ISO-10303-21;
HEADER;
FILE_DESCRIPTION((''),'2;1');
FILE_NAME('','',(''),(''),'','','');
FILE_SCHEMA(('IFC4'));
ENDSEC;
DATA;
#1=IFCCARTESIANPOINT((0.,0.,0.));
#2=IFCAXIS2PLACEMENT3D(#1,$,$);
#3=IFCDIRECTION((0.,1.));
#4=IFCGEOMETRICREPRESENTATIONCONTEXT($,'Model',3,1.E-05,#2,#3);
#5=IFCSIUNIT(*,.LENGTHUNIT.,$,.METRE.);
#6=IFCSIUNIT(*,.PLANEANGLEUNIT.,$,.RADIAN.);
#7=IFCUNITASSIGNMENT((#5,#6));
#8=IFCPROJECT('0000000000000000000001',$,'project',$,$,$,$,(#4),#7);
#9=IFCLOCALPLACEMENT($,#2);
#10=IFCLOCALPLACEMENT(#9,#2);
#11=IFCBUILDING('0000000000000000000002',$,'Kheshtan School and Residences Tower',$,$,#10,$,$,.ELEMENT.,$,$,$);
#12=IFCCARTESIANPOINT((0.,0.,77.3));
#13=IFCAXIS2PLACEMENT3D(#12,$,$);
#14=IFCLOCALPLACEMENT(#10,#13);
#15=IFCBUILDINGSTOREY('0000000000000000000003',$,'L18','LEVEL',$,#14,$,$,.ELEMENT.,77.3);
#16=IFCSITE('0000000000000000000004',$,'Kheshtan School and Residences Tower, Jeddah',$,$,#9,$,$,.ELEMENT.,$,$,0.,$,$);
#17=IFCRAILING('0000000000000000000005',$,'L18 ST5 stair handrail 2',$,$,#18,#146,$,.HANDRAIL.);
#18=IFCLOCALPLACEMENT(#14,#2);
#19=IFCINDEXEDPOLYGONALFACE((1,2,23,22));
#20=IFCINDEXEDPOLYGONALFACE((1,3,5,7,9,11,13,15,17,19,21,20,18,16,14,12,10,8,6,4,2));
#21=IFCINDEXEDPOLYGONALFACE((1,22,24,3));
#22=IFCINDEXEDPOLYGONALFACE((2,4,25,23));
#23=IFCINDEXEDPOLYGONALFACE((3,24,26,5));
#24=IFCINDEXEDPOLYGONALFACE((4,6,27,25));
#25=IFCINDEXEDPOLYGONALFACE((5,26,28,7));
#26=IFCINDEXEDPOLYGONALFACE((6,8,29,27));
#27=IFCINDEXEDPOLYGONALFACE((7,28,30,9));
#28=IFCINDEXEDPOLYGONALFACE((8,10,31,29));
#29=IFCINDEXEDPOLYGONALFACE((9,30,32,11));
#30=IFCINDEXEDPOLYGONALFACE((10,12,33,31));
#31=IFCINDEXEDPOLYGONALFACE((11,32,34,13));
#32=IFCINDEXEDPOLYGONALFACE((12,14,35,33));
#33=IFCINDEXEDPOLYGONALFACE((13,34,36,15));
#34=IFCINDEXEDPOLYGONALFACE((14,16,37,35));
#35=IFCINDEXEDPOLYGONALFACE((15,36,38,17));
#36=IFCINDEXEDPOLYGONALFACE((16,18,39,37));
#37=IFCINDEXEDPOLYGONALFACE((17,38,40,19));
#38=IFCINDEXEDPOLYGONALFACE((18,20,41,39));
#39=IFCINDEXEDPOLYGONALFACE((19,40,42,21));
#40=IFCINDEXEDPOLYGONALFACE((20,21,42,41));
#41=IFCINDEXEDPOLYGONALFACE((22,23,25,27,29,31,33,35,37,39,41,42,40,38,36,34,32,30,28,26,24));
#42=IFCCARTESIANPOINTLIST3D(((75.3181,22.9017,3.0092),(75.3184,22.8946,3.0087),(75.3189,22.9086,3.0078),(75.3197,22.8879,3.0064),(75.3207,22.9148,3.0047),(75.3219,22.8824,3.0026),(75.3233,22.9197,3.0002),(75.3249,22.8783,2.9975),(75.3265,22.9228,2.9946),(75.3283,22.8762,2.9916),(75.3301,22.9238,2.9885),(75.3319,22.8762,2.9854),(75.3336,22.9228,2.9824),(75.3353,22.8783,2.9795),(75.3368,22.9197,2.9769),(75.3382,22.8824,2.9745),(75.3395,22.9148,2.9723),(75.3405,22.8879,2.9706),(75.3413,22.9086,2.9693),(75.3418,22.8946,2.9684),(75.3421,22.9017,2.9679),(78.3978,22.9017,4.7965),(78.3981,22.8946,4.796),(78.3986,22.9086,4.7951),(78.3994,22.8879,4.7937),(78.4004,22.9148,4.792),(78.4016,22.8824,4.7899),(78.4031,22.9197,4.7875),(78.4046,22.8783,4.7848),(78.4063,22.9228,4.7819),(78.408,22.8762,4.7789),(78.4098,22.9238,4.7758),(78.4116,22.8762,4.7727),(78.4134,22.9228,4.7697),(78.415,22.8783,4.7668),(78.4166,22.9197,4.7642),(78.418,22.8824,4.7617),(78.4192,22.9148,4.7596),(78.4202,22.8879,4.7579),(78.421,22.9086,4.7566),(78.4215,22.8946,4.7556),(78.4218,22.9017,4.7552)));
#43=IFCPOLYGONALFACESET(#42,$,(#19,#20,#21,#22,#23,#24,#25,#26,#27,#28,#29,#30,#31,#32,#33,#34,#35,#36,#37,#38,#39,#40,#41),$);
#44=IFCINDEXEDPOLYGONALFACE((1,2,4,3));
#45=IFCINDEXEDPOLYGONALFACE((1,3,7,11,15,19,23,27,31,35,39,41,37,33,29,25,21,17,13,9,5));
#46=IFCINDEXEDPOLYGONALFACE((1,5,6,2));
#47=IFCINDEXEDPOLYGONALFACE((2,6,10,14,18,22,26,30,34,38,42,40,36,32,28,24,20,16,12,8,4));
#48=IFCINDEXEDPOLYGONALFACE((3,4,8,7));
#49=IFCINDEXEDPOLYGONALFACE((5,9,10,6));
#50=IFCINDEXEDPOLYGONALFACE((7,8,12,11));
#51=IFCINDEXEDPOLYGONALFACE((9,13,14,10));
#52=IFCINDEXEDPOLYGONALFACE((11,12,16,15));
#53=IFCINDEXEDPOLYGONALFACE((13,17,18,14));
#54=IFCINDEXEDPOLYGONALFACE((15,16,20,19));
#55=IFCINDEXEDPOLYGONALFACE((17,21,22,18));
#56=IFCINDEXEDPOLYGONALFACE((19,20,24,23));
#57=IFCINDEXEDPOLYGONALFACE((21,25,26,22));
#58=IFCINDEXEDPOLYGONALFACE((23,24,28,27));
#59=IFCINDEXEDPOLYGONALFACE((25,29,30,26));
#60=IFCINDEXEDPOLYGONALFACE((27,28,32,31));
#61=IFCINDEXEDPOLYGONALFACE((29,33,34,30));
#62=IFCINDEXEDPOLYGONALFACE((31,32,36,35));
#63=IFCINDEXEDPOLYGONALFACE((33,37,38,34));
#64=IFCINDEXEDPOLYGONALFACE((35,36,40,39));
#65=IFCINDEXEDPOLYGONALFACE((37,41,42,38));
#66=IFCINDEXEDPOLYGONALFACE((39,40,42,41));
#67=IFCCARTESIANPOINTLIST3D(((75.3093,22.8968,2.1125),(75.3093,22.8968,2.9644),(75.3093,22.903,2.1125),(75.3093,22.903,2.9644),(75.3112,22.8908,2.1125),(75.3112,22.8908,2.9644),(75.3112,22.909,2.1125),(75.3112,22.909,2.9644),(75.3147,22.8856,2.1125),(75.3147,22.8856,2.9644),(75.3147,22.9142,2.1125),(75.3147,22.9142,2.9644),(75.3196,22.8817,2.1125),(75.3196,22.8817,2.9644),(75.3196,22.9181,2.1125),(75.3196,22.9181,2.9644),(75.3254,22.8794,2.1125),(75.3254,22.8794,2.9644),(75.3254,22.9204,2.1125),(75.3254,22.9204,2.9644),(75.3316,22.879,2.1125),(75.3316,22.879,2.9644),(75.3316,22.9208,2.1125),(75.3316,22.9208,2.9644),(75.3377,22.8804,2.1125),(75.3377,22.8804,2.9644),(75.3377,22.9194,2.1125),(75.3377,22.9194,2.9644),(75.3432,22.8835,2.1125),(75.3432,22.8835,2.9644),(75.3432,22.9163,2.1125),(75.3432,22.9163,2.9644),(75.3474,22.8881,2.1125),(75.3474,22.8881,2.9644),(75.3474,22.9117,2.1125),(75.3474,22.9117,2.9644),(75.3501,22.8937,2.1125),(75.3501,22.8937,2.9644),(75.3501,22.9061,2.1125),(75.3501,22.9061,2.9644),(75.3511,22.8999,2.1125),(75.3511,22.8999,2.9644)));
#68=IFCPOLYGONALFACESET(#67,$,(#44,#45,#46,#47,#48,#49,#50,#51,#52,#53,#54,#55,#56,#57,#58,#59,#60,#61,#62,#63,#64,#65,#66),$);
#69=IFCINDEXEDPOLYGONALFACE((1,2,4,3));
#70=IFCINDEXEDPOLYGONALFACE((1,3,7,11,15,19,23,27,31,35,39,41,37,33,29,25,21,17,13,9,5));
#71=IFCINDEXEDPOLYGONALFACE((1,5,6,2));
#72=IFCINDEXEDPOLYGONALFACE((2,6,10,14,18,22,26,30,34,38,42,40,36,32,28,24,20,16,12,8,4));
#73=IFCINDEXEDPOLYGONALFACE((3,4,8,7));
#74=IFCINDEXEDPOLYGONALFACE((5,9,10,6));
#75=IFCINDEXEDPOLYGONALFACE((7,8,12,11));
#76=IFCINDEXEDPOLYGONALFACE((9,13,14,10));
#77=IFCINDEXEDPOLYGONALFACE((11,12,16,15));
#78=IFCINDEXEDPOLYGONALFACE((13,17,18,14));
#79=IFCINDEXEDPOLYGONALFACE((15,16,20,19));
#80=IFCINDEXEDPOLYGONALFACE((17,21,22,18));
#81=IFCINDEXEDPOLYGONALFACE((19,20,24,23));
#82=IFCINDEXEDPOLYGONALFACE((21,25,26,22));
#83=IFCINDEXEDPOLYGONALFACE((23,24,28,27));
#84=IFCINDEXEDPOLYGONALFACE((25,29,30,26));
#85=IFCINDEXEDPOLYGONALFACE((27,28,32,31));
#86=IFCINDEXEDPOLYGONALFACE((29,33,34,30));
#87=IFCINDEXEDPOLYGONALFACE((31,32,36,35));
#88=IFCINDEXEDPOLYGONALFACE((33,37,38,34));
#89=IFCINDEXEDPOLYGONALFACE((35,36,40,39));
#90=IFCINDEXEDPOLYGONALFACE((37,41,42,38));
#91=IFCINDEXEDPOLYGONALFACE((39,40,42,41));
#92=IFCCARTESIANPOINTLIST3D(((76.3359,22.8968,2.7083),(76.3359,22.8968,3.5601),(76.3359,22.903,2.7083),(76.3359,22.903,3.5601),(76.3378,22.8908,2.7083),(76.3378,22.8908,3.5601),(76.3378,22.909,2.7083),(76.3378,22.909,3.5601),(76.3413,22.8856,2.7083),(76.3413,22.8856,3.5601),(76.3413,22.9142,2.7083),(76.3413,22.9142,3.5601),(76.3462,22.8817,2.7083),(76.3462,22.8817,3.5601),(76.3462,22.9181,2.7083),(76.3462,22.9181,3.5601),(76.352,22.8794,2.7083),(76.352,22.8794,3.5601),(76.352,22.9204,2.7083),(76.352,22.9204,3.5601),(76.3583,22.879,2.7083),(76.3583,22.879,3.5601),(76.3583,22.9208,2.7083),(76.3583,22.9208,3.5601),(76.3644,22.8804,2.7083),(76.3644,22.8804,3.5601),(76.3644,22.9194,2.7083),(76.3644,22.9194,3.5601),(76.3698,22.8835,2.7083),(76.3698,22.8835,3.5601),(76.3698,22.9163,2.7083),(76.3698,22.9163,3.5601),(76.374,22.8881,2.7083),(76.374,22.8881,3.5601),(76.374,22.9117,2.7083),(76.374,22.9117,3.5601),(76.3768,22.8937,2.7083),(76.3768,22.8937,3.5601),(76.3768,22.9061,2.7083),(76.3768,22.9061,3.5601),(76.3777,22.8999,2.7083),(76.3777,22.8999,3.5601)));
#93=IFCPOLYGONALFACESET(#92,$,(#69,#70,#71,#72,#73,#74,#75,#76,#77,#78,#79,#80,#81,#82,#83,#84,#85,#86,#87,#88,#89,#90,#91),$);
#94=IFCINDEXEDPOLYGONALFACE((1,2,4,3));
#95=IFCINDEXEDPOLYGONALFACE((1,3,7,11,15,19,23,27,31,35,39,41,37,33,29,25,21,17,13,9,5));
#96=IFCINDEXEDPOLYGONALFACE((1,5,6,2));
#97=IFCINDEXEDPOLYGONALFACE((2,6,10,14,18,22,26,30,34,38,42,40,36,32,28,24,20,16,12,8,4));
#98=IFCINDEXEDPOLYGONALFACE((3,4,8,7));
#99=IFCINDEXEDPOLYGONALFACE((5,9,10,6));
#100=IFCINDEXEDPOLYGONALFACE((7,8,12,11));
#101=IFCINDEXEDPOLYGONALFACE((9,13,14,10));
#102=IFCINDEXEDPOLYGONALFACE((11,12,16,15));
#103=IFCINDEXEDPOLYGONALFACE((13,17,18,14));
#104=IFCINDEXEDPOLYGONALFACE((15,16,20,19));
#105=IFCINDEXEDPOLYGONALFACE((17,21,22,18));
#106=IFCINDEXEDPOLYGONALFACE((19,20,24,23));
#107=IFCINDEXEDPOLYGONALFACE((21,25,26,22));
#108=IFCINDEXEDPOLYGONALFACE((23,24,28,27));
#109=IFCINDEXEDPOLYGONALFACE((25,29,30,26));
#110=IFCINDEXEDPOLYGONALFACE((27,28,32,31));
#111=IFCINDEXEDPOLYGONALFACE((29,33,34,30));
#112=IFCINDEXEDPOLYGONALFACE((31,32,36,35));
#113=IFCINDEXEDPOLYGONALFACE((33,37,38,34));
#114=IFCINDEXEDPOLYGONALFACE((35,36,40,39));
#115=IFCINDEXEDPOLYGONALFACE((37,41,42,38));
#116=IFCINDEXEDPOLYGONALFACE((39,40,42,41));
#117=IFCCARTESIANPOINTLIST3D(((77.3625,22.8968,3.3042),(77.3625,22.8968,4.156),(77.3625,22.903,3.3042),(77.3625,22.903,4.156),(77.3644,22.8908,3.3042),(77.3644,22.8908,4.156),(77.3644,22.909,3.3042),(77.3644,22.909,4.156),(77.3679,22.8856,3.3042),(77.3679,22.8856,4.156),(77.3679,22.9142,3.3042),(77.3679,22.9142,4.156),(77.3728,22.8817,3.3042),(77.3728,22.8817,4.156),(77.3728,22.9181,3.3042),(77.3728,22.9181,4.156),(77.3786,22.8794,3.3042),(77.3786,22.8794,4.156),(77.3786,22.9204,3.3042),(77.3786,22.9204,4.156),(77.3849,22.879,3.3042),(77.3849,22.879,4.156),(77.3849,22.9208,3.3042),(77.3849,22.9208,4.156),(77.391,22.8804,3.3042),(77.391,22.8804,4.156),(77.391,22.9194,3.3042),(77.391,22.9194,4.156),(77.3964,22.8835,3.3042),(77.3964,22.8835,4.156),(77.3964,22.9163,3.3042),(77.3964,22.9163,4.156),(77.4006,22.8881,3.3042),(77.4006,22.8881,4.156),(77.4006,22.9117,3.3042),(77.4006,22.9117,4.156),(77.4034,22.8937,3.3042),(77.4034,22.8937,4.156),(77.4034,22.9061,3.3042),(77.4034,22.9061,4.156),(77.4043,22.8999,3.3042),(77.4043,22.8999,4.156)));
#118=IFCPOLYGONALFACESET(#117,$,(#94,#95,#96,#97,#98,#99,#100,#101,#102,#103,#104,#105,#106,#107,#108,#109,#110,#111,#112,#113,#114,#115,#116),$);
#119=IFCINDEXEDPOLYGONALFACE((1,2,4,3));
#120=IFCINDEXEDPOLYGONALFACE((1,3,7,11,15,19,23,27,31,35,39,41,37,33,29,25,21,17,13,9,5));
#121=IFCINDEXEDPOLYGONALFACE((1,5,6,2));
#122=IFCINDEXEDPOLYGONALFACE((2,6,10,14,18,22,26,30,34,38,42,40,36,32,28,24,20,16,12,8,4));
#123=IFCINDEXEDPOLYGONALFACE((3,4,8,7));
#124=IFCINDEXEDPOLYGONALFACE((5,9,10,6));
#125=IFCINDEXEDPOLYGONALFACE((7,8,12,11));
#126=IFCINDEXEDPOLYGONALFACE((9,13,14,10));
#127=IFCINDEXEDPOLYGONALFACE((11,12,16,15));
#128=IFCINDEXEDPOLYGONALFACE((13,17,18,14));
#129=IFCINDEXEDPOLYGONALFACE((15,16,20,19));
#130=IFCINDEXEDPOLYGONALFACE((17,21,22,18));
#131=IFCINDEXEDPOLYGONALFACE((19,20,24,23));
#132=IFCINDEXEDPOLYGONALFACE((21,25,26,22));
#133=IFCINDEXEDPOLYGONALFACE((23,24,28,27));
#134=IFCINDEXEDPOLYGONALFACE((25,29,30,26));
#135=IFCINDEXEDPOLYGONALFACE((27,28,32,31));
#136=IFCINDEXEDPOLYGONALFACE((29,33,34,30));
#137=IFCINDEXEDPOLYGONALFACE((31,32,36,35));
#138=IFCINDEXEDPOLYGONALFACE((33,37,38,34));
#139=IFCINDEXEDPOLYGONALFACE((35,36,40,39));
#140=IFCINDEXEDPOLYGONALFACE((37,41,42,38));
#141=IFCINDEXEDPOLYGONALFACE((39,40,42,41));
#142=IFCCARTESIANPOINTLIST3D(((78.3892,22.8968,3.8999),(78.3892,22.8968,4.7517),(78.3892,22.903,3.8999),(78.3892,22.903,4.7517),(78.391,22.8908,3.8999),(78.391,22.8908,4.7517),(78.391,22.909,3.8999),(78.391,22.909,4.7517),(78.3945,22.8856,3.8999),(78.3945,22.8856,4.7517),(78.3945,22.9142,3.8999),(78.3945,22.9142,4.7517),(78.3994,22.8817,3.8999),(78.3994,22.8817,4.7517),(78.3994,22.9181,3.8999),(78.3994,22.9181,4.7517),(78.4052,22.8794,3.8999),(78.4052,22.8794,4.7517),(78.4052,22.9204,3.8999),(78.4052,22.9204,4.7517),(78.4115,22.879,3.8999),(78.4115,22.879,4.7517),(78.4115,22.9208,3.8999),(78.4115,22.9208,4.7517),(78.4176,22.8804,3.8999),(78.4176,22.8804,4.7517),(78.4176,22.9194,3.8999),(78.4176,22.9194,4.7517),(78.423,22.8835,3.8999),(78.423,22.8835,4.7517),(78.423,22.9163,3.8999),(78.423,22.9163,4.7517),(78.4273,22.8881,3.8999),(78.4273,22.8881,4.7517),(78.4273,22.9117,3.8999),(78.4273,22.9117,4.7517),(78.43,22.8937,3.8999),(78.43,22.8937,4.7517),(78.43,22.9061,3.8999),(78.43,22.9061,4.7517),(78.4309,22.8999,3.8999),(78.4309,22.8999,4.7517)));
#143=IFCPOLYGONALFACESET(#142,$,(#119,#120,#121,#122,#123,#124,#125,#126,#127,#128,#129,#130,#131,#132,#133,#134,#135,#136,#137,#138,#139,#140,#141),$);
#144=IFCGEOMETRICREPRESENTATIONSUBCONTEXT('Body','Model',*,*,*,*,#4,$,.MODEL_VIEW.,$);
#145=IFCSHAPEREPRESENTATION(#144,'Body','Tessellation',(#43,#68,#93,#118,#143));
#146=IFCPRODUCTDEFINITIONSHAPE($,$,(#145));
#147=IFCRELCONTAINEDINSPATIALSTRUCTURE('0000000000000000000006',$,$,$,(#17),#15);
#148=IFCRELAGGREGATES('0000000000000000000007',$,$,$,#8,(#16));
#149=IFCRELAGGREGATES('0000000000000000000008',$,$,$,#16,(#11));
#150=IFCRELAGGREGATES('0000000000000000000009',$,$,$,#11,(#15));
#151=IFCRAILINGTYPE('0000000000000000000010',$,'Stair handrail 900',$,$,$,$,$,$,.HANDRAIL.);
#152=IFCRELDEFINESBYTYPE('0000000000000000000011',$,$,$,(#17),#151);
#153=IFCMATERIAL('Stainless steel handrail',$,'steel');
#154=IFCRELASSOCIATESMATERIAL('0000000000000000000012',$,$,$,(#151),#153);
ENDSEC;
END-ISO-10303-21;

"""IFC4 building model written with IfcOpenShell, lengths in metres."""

from ifc_helpers import new_model, si_unit, direction, frame, origin, origin_2d, place, context, subcontext, project, spatial, circle, extrude, material, type_object, element, save


model = new_model("IFC4")

# Units and contexts
model_context = context("Model", 3, precision=1e-05, world=origin(), true_north=direction((0.0, 1.0)))
body_context = subcontext(model_context, "Body", "Model", "MODEL_VIEW")
ifc_project = project(units=[si_unit("LENGTHUNIT", "METRE"), si_unit("PLANEANGLEUNIT", "RADIAN")], contexts=[model_context])

# Site, building, storey
site_placement = place(None, origin())
site = spatial("IfcSite", under=ifc_project, at=site_placement, Name="Kheshtan School and Residences Tower, Jeddah", CompositionType="ELEMENT", RefElevation=0.0)
building_placement = place(site_placement, origin())
building = spatial("IfcBuilding", under=site, at=building_placement, Name="Kheshtan School and Residences Tower", CompositionType="ELEMENT")
storey_placement = place(building_placement, frame((0.0, 0.0, 77.3)))
storey = spatial("IfcBuildingStorey", under=building, at=storey_placement, Name="L18", Description="LEVEL", CompositionType="ELEMENT", Elevation=77.3)

# Railing
ifc_material_1 = material(Name="Stainless steel handrail", Category="steel")
railing_type_1 = type_object("IfcRailingType", Name="Stair handrail 900", PredefinedType="HANDRAIL", material=ifc_material_1)
railing_1_placement = place(storey_placement, frame((75.3301, 22.8999, 2.1125)))
element("IfcRailing", 1, at=railing_1_placement, inside=storey, type_object=railing_type_1, Name="L18 ST5 stair handrail 2", PredefinedType="HANDRAIL", context=body_context, shape_type="SweptSolid", body=[
    extrude(circle(Radius=0.0239, at=origin_2d()), frame((0.0, 0.0, 0.876), z_axis=(0.864903, 0.0, 0.501939), x_axis=(0.0, 1.0, 0.0)), (0.0, 0.0, 1.0), 3.5608),
    extrude(circle(Radius=0.021, at=origin_2d()), origin(), (0.0, 0.0, 1.0), 0.8518),
    extrude(circle(Radius=0.021, at=origin_2d()), frame((1.0266, 0.0, 0.5957)), (0.0, 0.0, 1.0), 0.8518),
    extrude(circle(Radius=0.021, at=origin_2d()), frame((2.0532, 0.0, 1.1917)), (0.0, 0.0, 1.0), 0.8518),
    extrude(circle(Radius=0.021, at=origin_2d()), frame((3.0798, 0.0, 1.7874)), (0.0, 0.0, 1.0), 0.8518),
])

save(model, "model.ifc")
